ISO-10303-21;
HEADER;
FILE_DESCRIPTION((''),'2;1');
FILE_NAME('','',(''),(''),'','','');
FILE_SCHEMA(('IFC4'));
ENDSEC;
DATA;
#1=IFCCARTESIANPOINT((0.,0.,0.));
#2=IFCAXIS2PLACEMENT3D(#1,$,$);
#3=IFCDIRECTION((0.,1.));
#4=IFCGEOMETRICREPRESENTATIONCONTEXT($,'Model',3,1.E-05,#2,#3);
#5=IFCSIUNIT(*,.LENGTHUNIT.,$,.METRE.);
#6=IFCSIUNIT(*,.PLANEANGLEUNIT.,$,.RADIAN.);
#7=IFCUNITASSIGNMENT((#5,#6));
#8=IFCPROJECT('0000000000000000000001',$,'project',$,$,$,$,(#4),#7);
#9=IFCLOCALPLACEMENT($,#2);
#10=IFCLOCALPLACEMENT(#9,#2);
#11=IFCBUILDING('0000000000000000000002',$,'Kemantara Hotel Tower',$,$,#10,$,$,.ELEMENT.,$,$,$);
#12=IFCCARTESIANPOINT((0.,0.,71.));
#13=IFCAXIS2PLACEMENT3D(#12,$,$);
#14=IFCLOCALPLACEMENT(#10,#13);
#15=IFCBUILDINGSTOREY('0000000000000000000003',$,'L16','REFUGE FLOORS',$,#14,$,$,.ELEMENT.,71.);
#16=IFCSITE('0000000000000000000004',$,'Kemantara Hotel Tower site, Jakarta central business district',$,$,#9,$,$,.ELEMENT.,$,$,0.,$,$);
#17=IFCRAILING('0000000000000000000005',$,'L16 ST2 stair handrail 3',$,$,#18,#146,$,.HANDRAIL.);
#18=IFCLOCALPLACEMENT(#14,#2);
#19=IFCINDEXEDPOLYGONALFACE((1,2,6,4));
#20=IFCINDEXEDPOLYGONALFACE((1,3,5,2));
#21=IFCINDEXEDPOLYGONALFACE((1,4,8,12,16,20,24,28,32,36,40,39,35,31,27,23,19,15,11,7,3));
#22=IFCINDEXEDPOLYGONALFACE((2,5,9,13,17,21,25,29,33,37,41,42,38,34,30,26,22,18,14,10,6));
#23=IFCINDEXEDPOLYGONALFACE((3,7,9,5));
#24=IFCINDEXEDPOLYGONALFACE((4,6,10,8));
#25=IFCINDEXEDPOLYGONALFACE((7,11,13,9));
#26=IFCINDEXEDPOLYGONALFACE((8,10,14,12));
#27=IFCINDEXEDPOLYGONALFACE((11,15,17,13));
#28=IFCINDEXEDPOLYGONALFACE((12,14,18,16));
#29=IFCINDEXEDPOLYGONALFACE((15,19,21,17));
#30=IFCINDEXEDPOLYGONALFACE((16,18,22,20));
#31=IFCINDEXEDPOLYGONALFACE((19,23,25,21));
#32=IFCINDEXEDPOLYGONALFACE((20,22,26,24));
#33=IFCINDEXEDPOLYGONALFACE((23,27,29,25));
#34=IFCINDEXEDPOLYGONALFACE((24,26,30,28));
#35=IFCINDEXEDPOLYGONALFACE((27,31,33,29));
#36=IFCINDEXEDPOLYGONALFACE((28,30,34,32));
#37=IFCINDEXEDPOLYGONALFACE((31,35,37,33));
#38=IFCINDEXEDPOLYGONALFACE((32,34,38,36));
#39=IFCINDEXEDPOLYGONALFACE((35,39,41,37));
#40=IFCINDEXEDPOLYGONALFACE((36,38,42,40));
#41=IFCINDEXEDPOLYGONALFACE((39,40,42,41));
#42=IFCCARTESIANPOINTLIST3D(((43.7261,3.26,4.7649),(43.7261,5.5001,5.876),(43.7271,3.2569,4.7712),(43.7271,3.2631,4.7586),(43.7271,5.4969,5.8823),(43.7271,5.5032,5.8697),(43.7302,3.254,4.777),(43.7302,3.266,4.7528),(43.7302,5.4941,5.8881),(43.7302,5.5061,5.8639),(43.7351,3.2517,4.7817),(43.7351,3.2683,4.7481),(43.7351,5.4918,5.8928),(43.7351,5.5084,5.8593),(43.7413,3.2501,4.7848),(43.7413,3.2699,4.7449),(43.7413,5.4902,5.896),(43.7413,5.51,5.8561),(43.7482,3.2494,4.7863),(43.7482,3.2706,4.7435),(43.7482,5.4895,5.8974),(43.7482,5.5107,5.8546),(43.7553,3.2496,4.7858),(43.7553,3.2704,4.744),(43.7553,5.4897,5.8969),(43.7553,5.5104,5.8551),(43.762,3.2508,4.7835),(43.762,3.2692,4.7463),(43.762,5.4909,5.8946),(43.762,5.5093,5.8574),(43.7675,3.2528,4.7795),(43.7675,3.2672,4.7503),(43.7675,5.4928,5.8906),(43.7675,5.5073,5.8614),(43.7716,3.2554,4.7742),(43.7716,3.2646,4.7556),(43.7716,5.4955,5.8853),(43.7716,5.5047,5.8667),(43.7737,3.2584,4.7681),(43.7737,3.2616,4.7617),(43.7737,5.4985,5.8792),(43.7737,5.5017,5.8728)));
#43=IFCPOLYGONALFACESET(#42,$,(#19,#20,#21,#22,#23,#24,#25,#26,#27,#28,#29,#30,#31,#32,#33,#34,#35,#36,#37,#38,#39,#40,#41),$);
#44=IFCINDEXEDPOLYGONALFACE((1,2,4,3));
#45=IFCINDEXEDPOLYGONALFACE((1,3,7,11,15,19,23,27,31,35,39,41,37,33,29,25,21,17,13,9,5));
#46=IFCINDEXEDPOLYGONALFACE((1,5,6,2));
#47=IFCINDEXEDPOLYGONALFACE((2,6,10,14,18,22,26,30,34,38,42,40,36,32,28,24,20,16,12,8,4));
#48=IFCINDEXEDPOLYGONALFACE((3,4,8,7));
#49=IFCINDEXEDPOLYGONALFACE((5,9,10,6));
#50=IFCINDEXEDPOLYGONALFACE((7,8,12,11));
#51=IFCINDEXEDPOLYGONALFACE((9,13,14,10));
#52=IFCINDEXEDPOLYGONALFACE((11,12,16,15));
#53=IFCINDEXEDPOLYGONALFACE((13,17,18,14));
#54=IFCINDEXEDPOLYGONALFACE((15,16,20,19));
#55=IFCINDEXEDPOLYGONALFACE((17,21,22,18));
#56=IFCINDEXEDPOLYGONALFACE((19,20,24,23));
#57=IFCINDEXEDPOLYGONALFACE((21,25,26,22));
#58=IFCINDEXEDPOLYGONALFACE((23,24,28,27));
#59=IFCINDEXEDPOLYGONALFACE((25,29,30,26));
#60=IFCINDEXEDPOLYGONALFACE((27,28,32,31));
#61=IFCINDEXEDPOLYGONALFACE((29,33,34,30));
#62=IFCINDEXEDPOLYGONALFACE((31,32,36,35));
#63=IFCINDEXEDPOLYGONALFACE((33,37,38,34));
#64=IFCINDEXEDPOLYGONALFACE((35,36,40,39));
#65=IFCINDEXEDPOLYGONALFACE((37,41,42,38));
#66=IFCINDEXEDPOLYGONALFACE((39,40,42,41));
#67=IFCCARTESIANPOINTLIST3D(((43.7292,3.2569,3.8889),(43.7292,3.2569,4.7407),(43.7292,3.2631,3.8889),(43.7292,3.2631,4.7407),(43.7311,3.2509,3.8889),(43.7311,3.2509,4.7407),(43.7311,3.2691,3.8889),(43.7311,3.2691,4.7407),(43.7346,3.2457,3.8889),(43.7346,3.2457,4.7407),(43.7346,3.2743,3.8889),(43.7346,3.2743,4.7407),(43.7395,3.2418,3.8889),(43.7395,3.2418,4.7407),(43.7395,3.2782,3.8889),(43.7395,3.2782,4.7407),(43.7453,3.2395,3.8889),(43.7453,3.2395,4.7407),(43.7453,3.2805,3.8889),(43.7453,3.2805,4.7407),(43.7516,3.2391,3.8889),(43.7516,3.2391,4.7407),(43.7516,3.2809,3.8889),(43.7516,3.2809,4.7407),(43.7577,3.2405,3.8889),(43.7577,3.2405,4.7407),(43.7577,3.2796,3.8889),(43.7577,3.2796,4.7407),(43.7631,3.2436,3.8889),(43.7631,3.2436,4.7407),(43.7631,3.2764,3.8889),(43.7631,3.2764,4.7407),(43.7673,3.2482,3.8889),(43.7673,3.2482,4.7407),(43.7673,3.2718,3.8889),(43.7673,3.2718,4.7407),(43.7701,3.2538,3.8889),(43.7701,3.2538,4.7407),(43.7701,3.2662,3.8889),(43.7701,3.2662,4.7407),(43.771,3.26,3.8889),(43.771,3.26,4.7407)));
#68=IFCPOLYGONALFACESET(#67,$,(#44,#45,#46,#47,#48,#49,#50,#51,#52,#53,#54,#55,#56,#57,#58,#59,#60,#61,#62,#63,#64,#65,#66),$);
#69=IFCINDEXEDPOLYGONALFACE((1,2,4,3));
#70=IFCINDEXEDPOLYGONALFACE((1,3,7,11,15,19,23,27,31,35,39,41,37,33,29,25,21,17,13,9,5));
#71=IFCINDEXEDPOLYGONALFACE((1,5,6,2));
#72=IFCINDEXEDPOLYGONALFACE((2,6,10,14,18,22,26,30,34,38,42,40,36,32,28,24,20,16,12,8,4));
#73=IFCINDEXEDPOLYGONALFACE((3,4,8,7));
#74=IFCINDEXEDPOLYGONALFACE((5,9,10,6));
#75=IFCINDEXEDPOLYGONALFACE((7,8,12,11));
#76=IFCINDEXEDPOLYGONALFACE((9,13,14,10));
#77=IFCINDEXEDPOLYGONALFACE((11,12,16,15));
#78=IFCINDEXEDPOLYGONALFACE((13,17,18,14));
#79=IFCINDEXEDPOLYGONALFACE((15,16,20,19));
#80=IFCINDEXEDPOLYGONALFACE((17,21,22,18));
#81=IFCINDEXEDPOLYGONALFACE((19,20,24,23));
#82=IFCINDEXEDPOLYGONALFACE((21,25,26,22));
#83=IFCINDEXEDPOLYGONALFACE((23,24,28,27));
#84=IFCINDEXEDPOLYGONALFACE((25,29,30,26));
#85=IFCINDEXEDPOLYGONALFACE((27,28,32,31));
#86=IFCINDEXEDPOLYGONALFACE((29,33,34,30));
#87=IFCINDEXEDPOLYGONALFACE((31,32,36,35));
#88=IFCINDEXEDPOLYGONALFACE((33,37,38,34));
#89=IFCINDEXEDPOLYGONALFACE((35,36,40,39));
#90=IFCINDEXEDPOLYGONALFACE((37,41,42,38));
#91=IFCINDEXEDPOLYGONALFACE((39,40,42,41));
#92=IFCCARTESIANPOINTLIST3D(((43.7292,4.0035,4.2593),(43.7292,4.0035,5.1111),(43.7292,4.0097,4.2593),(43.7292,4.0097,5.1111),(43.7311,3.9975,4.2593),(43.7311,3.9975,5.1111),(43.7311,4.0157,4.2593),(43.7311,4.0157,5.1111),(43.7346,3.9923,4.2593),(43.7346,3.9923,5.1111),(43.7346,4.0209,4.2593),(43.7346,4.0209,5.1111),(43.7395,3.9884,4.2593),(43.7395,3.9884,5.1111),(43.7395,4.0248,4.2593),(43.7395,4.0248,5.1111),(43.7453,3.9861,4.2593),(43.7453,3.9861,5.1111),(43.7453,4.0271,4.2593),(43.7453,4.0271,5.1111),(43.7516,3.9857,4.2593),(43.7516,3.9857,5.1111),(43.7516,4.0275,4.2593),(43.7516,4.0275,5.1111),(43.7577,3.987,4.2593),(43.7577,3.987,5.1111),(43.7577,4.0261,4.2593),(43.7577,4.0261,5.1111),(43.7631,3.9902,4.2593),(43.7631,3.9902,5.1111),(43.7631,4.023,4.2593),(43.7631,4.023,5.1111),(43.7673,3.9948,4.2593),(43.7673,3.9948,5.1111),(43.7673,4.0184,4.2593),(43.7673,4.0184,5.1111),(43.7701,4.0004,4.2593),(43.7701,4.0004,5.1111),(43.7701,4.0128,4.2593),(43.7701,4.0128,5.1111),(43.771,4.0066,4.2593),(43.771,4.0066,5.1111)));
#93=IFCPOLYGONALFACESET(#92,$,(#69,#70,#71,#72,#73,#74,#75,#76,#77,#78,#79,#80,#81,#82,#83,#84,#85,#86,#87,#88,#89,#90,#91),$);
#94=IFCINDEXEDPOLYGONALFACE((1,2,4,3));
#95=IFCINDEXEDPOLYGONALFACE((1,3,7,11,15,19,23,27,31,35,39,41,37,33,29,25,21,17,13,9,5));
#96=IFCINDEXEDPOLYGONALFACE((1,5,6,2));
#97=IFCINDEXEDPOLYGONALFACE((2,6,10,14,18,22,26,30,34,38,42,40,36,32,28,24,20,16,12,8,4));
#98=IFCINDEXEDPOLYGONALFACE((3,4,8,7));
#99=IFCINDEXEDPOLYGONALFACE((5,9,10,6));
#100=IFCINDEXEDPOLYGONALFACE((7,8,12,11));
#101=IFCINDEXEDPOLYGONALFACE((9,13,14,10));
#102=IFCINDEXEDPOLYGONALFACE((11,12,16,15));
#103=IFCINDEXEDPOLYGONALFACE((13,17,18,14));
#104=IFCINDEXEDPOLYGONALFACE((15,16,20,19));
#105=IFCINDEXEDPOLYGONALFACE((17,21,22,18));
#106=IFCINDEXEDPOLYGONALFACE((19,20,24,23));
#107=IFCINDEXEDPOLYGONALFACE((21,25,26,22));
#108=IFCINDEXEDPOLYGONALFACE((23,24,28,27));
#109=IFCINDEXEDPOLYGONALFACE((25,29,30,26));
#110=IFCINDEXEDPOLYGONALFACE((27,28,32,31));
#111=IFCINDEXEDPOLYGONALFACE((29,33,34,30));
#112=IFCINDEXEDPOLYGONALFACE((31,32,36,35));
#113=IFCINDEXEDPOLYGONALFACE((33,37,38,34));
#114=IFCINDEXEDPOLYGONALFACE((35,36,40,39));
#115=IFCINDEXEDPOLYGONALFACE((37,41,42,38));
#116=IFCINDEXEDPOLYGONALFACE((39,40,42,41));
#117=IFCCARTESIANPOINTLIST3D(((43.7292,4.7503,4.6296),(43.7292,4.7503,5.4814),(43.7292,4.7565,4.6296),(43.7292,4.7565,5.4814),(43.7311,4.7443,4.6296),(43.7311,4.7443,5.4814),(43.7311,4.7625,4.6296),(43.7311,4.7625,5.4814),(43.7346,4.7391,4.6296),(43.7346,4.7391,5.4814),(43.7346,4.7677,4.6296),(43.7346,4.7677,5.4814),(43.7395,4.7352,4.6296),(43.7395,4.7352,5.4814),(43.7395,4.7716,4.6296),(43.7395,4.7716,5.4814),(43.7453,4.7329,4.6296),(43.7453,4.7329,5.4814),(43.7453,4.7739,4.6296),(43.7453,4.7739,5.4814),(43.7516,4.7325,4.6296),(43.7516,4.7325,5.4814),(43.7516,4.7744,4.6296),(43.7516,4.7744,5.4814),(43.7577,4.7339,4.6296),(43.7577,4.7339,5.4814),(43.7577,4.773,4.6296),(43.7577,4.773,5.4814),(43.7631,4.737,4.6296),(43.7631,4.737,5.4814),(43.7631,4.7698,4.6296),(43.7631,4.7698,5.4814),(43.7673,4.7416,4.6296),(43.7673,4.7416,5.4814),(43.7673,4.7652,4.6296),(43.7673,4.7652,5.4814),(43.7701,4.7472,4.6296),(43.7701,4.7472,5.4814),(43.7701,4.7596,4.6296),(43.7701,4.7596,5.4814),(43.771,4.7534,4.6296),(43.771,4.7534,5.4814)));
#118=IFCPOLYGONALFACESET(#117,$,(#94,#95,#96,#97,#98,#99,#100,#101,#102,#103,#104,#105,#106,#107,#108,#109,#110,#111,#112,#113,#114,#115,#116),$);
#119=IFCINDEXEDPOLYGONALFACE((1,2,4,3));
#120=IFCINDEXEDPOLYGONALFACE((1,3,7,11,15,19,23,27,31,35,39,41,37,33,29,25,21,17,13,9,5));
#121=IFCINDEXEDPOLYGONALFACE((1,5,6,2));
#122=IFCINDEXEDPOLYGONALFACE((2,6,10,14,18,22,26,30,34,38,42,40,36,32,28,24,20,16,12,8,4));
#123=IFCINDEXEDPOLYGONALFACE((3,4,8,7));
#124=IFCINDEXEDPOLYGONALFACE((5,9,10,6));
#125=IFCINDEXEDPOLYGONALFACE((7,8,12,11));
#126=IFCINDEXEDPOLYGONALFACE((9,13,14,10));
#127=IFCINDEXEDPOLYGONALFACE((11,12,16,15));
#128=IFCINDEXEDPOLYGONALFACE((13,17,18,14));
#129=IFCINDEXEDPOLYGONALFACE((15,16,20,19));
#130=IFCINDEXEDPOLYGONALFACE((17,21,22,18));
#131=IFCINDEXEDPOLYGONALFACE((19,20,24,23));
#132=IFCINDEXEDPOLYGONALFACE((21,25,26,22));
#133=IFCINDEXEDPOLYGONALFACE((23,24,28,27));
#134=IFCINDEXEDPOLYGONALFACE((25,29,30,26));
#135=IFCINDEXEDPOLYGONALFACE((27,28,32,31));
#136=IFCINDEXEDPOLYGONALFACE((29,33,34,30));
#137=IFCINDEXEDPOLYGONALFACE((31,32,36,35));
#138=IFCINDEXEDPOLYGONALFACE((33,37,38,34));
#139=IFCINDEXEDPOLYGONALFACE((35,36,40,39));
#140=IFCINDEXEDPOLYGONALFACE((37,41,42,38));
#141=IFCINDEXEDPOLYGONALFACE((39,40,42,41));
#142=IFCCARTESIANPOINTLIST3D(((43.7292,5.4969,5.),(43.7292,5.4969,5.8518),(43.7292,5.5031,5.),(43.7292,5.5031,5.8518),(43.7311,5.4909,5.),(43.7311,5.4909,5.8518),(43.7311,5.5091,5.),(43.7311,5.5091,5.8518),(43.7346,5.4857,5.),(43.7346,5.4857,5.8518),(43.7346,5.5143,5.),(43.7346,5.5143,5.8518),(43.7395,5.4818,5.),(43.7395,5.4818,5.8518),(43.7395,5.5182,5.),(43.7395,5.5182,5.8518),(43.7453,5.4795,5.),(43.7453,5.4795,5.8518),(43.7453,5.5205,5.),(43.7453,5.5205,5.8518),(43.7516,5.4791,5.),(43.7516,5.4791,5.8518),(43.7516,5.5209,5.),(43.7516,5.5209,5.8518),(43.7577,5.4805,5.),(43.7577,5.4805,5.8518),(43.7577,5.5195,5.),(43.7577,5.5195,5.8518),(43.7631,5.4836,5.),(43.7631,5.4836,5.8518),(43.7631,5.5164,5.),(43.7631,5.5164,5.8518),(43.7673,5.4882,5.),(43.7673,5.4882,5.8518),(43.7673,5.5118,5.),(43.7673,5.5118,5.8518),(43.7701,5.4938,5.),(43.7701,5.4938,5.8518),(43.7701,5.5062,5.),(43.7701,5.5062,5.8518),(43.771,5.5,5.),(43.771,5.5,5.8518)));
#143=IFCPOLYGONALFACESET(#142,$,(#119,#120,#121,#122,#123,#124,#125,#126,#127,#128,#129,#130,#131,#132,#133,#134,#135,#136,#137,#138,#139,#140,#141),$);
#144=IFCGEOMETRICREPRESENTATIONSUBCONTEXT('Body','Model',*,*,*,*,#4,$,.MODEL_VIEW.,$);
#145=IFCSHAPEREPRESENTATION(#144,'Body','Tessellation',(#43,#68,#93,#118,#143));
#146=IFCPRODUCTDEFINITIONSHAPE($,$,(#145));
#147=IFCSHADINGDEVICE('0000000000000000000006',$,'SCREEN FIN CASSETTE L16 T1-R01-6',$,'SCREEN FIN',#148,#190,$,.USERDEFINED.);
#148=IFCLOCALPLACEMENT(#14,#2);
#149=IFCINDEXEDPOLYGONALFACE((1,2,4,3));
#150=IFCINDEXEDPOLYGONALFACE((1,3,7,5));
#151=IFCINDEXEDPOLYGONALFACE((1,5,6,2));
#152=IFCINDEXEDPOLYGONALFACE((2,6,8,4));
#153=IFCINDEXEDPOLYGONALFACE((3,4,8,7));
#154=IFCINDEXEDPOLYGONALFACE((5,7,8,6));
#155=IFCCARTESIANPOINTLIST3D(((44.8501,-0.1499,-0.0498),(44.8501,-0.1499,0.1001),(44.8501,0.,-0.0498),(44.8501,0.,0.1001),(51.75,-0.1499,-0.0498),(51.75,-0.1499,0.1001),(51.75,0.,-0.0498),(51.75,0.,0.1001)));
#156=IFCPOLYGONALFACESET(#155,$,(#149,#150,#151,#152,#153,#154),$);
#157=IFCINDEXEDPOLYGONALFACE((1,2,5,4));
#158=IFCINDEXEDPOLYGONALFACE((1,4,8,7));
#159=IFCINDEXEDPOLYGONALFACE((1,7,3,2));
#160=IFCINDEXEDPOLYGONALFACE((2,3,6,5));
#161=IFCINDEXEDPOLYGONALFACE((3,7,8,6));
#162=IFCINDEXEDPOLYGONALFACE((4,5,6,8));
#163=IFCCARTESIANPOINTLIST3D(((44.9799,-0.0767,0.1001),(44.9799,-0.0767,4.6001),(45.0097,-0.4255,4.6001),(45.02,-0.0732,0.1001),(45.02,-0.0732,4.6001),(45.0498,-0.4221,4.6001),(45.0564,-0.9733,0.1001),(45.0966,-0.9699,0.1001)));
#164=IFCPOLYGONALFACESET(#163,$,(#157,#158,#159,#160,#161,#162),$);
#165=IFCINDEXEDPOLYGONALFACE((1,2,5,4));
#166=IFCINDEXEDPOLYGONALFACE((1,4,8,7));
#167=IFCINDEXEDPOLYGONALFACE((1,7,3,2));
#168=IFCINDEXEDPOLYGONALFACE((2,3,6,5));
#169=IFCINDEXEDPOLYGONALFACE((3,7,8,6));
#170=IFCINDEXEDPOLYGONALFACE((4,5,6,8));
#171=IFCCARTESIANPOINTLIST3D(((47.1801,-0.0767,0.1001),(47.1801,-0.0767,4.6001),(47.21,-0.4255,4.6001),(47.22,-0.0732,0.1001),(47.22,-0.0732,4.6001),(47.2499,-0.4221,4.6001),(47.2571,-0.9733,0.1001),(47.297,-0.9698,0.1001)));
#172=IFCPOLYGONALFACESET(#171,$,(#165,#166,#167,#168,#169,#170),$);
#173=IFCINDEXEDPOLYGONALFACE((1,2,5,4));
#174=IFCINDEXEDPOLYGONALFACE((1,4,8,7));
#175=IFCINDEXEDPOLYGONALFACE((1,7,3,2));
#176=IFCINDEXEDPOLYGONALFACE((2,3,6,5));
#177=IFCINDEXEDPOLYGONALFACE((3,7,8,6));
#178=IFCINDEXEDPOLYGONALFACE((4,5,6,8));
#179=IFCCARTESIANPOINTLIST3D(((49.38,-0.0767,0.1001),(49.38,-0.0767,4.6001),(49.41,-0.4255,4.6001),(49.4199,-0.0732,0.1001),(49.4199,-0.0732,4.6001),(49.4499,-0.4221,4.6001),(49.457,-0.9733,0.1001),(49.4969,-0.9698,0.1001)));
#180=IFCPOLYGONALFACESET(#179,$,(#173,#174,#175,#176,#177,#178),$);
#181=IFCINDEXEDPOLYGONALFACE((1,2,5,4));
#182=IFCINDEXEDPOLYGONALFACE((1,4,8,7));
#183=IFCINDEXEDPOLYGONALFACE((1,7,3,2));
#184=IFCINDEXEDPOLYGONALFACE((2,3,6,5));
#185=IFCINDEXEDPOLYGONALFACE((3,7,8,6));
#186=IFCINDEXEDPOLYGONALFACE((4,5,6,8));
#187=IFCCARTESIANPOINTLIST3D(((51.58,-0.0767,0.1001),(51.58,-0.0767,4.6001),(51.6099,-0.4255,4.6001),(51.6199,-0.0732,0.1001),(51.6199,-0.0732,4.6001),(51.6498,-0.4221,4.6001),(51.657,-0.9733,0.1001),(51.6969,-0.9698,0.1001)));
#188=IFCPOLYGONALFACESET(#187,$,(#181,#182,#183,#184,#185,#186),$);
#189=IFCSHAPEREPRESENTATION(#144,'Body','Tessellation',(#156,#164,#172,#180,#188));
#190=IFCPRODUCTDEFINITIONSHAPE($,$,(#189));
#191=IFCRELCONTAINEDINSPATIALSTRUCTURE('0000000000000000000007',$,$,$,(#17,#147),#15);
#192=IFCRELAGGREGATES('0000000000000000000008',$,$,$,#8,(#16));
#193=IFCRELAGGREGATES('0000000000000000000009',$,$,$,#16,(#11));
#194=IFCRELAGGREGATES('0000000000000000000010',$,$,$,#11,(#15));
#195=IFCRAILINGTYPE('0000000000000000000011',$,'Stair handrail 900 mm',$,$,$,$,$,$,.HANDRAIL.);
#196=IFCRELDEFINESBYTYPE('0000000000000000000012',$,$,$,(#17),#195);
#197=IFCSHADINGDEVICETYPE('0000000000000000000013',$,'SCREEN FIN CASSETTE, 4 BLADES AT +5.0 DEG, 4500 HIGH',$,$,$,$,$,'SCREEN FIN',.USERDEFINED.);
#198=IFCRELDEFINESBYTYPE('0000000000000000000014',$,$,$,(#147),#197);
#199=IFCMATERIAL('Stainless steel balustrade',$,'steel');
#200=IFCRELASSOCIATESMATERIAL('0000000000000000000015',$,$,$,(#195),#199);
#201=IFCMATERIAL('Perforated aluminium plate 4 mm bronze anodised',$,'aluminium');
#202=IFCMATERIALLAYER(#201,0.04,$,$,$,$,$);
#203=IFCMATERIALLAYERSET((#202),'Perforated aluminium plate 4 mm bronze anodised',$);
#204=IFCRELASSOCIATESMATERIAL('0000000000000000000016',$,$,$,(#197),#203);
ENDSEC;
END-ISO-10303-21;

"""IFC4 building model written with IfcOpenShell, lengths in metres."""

from ifc_helpers import new_model, si_unit, direction, frame, origin, origin_2d, place, context, subcontext, project, spatial, polyline, rectangle, circle, outline, extrude, source, transform, mapped, material, layer, layer_set, type_object, element, save


model = new_model("IFC4")

# Units and contexts
model_context = context("Model", 3, precision=1e-05, world=origin(), true_north=direction((0.0, 1.0)))
body_context = subcontext(model_context, "Body", "Model", "MODEL_VIEW")
ifc_project = project(units=[si_unit("LENGTHUNIT", "METRE"), si_unit("PLANEANGLEUNIT", "RADIAN")], contexts=[model_context])

# Site, building, storey
site_placement = place(None, origin())
site = spatial("IfcSite", under=ifc_project, at=site_placement, Name="Kemantara Hotel Tower site, Jakarta central business district", CompositionType="ELEMENT", RefElevation=0.0)
building_placement = place(site_placement, origin())
building = spatial("IfcBuilding", under=site, at=building_placement, Name="Kemantara Hotel Tower", CompositionType="ELEMENT")
storey_placement = place(building_placement, frame((0.0, 0.0, 71.0)))
storey = spatial("IfcBuildingStorey", under=building, at=storey_placement, Name="L16", Description="REFUGE FLOORS", CompositionType="ELEMENT", Elevation=71.0)

# Railing
ifc_material_1 = material(Name="Stainless steel balustrade", Category="steel")
railing_type = type_object("IfcRailingType", Name="Stair handrail 900 mm", PredefinedType="HANDRAIL", material=ifc_material_1)
railing_1_placement = place(storey_placement, frame((43.75, 3.26, 3.8889)))
element("IfcRailing", 1, at=railing_1_placement, inside=storey, type_object=railing_type, Name="L16 ST2 stair handrail 3", PredefinedType="HANDRAIL", context=body_context, shape_type="SweptSolid", body=[
    extrude(circle(Radius=0.0239, at=origin_2d()), frame((0.0, 0.0, 0.876), z_axis=(0.0, 0.895848, 0.44436), x_axis=(-1.0, 0.0, 0.0)), (0.0, 0.0, 1.0), 2.5005),
    extrude(circle(Radius=0.021, at=origin_2d()), origin(), (0.0, 0.0, 1.0), 0.8518),
    extrude(circle(Radius=0.021, at=origin_2d()), frame((0.0, 0.7466, 0.3704)), (0.0, 0.0, 1.0), 0.8518),
    extrude(circle(Radius=0.021, at=origin_2d()), frame((0.0, 1.4934, 0.7407)), (0.0, 0.0, 1.0), 0.8518),
    extrude(circle(Radius=0.021, at=origin_2d()), frame((0.0, 2.24, 1.1111)), (0.0, 0.0, 1.0), 0.8518),
])

# Shading device
ifc_material_2 = material(Name="Perforated aluminium plate 4 mm bronze anodised", Category="aluminium")
ifc_layer_1 = layer(ifc_material_2, 0.04)
ifc_layer_set_1 = layer_set([ifc_layer_1], Name="Perforated aluminium plate 4 mm bronze anodised")
shading_device_type = type_object("IfcShadingDeviceType", Name="SCREEN FIN CASSETTE, 4 BLADES AT +5.0 DEG, 4500 HIGH", ElementType="SCREEN FIN", PredefinedType="USERDEFINED", material=ifc_layer_set_1)
shared_shape = source(origin(), body_context, "Body", "SweptSolid", [
    extrude(rectangle(XDim=6.8999, YDim=0.1499, at=origin_2d()), frame((3.3, -0.075, -0.1499), z_axis=(0.0, 0.0, 1.0), x_axis=(1.0, 0.0, 0.0)), (0.0, 0.0, 1.0), 0.1499),
    extrude(outline(polyline([(0.0, 0.0), (0.8999, 0.0), (0.3501, 4.5), (0.0, 4.5), (0.0, 0.0)])), frame((0.02, -0.0732, 0.0), z_axis=(-0.996376, -0.085056, 0.0), x_axis=(0.085056, -0.996376, 0.0)), (0.0, 0.0, 1.0), 0.0403),
    extrude(outline(polyline([(0.0, 0.0), (0.8999, 0.0), (0.3501, 4.5), (0.0, 4.5), (0.0, 0.0)])), frame((2.22, -0.0732, 0.0), z_axis=(-0.996332, -0.085575, 0.0), x_axis=(0.085575, -0.996332, 0.0)), (0.0, 0.0, 1.0), 0.04),
    extrude(outline(polyline([(0.0, 0.0), (0.8999, 0.0), (0.3501, 4.5), (0.0, 4.5), (0.0, 0.0)])), frame((4.4199, -0.0732, 0.0), z_axis=(-0.996332, -0.085575, 0.0), x_axis=(0.085575, -0.996332, 0.0)), (0.0, 0.0, 1.0), 0.04),
    extrude(outline(polyline([(0.0, 0.0), (0.8999, 0.0), (0.3501, 4.5), (0.0, 4.5), (0.0, 0.0)])), frame((6.6199, -0.0732, 0.0), z_axis=(-0.996332, -0.085575, 0.0), x_axis=(0.085575, -0.996332, 0.0)), (0.0, 0.0, 1.0), 0.04),
])
for number, where, z_axis, x_axis, name in (
    (2, (45.0, 0.0, 0.1001), (0.0, 0.0, 1.0), (1.0, 0.0, 0.0), "SCREEN FIN CASSETTE L16 T1-R01-6"),
):
    element("IfcShadingDevice", number, at=place(storey_placement, frame(where, z_axis=z_axis, x_axis=x_axis)), inside=storey, type_object=shading_device_type, Name=name, ObjectType="SCREEN FIN", PredefinedType="USERDEFINED", context=body_context, shape_type="MappedRepresentation", body=[
        mapped(shared_shape, transform((0.0, 0.0, 0.0))),
    ])

save(model, "model.ifc")
